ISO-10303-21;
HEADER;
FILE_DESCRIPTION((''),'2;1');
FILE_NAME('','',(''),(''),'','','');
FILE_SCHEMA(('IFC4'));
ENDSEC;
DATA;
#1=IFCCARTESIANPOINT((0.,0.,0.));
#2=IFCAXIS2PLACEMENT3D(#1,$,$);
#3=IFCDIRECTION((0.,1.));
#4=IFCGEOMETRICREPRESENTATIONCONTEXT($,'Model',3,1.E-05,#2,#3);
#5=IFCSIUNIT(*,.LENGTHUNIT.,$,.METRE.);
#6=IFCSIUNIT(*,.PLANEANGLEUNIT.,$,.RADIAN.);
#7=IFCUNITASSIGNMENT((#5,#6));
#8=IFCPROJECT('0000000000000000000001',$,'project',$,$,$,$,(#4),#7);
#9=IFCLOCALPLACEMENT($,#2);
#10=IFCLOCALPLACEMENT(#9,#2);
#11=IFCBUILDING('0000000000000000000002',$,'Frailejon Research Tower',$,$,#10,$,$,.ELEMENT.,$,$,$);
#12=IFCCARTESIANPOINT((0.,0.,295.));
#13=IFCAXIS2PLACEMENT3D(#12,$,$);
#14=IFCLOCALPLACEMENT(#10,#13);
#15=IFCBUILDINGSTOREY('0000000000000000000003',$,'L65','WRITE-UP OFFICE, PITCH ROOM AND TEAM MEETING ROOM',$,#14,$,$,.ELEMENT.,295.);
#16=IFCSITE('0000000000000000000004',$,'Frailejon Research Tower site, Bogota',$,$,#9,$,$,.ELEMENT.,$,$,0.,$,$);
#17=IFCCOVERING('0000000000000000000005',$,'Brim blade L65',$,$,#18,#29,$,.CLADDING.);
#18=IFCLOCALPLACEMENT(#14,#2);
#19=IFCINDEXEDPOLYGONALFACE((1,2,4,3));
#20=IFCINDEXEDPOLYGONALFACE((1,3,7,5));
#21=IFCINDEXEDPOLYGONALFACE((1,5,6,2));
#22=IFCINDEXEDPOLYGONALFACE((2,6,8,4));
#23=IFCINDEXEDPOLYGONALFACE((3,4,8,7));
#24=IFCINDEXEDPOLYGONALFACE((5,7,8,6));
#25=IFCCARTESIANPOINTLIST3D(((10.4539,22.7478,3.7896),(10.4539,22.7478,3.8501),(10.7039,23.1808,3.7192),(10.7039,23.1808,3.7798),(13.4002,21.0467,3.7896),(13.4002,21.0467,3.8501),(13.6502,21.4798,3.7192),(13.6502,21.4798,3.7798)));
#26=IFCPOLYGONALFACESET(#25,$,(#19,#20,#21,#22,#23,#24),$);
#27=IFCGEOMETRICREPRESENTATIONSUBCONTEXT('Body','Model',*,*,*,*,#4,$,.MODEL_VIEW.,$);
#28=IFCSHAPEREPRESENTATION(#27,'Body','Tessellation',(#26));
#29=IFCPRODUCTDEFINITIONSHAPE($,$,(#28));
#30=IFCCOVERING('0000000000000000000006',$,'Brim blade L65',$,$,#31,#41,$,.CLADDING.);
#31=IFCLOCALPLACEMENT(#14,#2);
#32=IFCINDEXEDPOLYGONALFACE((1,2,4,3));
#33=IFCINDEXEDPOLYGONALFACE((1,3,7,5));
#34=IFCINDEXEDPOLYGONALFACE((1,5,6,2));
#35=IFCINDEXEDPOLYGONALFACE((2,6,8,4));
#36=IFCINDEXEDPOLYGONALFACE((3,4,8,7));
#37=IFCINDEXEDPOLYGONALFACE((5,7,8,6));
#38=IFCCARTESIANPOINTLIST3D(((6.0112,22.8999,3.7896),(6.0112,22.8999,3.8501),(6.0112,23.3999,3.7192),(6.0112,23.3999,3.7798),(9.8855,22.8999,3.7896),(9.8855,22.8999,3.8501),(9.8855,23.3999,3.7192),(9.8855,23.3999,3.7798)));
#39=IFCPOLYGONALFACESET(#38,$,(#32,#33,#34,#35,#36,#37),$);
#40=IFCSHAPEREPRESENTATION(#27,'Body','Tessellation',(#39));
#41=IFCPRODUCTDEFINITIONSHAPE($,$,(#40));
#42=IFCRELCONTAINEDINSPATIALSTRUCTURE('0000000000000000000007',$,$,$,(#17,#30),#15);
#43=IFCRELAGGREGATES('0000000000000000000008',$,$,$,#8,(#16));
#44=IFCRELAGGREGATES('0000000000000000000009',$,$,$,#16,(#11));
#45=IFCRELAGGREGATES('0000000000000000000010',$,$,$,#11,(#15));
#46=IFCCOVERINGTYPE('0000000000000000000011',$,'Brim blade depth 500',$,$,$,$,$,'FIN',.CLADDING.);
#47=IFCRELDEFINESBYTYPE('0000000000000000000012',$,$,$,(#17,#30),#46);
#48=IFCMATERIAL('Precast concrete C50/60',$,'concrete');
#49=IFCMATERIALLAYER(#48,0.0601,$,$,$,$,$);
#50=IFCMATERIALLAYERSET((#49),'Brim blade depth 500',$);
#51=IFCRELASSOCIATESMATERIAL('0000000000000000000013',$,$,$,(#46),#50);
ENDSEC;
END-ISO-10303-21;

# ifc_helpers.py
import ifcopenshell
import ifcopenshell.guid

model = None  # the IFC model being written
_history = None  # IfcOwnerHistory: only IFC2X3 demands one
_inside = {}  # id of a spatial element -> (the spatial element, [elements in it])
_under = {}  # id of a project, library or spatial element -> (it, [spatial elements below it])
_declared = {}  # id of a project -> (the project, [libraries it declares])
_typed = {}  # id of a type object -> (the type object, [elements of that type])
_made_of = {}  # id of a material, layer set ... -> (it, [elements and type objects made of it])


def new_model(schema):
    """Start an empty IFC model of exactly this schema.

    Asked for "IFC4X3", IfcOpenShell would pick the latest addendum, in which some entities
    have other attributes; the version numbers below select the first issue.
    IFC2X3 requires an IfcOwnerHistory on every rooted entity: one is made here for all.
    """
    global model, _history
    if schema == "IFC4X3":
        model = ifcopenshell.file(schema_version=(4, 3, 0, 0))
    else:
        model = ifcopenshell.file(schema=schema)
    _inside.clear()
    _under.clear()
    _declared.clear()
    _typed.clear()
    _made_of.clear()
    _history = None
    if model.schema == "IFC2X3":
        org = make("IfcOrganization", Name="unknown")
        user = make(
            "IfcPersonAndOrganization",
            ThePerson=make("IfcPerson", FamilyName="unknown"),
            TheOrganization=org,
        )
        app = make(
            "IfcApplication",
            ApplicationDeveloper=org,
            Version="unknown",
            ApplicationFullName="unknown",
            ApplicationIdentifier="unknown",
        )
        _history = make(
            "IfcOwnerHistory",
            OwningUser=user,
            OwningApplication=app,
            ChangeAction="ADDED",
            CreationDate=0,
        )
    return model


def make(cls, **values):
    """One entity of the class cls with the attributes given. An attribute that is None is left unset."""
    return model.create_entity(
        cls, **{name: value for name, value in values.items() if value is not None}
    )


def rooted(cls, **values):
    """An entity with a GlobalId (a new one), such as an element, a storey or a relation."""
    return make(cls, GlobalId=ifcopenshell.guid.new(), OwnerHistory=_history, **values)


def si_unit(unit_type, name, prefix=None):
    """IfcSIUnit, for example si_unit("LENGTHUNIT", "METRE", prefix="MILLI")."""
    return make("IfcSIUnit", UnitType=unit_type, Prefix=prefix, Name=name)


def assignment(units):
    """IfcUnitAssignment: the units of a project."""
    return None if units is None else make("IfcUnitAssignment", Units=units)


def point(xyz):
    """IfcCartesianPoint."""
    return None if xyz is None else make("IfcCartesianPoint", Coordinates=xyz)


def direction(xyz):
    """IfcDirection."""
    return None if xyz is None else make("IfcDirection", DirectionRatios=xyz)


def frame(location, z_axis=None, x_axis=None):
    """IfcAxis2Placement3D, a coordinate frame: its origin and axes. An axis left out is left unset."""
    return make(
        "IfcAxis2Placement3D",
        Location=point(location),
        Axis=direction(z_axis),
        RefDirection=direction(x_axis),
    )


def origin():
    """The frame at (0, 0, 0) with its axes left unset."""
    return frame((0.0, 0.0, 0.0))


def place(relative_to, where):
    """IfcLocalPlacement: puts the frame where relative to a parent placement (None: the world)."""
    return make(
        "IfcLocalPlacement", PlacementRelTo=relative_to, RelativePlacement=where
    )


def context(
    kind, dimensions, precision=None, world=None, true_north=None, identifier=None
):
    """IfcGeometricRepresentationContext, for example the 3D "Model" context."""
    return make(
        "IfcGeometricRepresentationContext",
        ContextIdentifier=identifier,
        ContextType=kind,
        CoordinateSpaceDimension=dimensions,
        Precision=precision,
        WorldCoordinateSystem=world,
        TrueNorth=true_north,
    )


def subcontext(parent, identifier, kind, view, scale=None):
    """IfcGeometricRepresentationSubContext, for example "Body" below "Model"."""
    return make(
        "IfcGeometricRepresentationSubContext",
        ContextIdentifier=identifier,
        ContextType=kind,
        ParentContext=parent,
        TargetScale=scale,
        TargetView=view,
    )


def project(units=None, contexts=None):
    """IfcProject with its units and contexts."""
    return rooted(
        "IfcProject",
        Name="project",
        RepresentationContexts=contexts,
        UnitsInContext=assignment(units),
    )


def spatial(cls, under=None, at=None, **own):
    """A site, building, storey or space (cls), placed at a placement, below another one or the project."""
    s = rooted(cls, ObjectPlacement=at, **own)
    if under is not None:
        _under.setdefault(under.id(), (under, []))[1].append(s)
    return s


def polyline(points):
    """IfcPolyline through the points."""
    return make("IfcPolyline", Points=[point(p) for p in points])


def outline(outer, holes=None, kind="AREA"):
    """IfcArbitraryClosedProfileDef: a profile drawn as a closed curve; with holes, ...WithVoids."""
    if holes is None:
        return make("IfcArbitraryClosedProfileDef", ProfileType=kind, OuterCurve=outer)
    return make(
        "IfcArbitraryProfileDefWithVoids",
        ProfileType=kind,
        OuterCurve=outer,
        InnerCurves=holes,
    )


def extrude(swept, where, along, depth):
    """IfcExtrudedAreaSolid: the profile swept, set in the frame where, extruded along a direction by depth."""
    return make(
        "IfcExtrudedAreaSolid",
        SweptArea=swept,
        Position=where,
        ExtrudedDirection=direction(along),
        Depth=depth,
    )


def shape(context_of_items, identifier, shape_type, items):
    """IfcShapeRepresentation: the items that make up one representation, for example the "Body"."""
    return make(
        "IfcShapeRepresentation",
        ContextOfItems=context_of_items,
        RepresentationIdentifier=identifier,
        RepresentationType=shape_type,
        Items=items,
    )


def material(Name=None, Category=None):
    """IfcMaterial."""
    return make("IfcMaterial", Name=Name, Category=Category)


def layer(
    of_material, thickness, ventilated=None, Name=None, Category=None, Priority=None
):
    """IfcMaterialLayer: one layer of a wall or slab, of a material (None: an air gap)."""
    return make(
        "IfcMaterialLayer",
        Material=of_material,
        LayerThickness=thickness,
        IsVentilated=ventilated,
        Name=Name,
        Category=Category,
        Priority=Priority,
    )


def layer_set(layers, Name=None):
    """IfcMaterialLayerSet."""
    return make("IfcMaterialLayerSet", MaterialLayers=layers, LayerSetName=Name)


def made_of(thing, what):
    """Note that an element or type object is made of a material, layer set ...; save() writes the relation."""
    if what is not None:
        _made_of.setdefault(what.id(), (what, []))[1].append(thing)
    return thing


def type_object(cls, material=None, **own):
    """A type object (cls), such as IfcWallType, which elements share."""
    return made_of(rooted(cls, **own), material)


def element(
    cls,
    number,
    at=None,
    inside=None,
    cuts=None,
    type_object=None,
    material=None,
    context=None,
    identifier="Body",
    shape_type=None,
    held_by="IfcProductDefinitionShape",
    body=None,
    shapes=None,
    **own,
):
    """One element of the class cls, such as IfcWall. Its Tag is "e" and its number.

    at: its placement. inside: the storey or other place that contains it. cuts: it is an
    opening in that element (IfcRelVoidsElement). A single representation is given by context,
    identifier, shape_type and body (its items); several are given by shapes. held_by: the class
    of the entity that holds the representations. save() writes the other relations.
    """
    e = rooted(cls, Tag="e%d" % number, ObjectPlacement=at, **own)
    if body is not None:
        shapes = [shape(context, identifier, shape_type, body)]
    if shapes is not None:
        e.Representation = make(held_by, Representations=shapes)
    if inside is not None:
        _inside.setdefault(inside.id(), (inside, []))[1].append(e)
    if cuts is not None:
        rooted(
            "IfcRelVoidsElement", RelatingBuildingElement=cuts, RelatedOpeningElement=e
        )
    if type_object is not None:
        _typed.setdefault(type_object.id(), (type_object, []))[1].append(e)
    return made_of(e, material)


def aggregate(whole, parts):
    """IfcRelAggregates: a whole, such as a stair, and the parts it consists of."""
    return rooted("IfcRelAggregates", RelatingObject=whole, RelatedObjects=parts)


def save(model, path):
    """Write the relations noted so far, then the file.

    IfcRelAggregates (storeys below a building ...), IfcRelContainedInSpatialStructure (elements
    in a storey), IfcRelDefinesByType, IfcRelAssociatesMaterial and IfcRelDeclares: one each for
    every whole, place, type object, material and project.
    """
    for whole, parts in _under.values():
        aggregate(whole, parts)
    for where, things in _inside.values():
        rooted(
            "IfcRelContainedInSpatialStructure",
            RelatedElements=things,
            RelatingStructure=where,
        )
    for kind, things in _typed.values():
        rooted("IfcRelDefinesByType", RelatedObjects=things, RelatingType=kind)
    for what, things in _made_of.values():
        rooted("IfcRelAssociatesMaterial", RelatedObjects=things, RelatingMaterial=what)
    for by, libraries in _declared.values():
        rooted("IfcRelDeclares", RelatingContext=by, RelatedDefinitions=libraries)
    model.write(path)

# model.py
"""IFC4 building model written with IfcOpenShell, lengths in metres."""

from ifc_helpers import new_model, si_unit, direction, frame, origin, place, context, subcontext, project, spatial, polyline, outline, extrude, material, layer, layer_set, type_object, element, save


model = new_model("IFC4")

# Units and contexts
model_context = context("Model", 3, precision=1e-05, world=origin(), true_north=direction((0.0, 1.0)))
body_context = subcontext(model_context, "Body", "Model", "MODEL_VIEW")
ifc_project = project(units=[si_unit("LENGTHUNIT", "METRE"), si_unit("PLANEANGLEUNIT", "RADIAN")], contexts=[model_context])

# Site, building, storey
site_placement = place(None, origin())
site = spatial("IfcSite", under=ifc_project, at=site_placement, Name="Frailejon Research Tower site, Bogota", CompositionType="ELEMENT", RefElevation=0.0)
building_placement = place(site_placement, origin())
building = spatial("IfcBuilding", under=site, at=building_placement, Name="Frailejon Research Tower", CompositionType="ELEMENT")
storey_placement = place(building_placement, frame((0.0, 0.0, 295.0)))
storey = spatial("IfcBuildingStorey", under=building, at=storey_placement, Name="L65", Description="WRITE-UP OFFICE, PITCH ROOM AND TEAM MEETING ROOM", CompositionType="ELEMENT", Elevation=295.0)

# Coverings
ifc_material_1 = material(Name="Precast concrete C50/60", Category="concrete")
ifc_layer_1 = layer(ifc_material_1, 0.0601)
ifc_layer_set_1 = layer_set([ifc_layer_1], Name="Brim blade depth 500")
covering_type_1 = type_object("IfcCoveringType", Name="Brim blade depth 500", ElementType="FIN", PredefinedType="CLADDING", material=ifc_layer_set_1)
covering_1_placement = place(storey_placement, frame((10.4539, 22.7478, 3.8501), z_axis=(0.866024, -0.500003, 0.0), x_axis=(0.500003, 0.866024, 0.0)))
element("IfcCovering", 1, at=covering_1_placement, inside=storey, type_object=covering_type_1, Name="Brim blade L65", PredefinedType="CLADDING", context=body_context, shape_type="SweptSolid", body=[
    extrude(outline(polyline([(0.0, -0.0605), (0.5, -0.1309), (0.5, -0.0703), (0.0, 0.0), (0.0, -0.0605)])), origin(), (0.0, 0.0, 1.0), 3.4021),
])
covering_2_placement = place(storey_placement, frame((6.0112, 22.8999, 3.8501), z_axis=(1.0, 0.0, 0.0), x_axis=(0.0, 1.0, 0.0)))
element("IfcCovering", 2, at=covering_2_placement, inside=storey, type_object=covering_type_1, Name="Brim blade L65", PredefinedType="CLADDING", context=body_context, shape_type="SweptSolid", body=[
    extrude(outline(polyline([(0.0, -0.0605), (0.5, -0.1309), (0.5, -0.0703), (0.0, 0.0), (0.0, -0.0605)])), origin(), (0.0, 0.0, 1.0), 3.8743),
])

save(model, "model.ifc")
